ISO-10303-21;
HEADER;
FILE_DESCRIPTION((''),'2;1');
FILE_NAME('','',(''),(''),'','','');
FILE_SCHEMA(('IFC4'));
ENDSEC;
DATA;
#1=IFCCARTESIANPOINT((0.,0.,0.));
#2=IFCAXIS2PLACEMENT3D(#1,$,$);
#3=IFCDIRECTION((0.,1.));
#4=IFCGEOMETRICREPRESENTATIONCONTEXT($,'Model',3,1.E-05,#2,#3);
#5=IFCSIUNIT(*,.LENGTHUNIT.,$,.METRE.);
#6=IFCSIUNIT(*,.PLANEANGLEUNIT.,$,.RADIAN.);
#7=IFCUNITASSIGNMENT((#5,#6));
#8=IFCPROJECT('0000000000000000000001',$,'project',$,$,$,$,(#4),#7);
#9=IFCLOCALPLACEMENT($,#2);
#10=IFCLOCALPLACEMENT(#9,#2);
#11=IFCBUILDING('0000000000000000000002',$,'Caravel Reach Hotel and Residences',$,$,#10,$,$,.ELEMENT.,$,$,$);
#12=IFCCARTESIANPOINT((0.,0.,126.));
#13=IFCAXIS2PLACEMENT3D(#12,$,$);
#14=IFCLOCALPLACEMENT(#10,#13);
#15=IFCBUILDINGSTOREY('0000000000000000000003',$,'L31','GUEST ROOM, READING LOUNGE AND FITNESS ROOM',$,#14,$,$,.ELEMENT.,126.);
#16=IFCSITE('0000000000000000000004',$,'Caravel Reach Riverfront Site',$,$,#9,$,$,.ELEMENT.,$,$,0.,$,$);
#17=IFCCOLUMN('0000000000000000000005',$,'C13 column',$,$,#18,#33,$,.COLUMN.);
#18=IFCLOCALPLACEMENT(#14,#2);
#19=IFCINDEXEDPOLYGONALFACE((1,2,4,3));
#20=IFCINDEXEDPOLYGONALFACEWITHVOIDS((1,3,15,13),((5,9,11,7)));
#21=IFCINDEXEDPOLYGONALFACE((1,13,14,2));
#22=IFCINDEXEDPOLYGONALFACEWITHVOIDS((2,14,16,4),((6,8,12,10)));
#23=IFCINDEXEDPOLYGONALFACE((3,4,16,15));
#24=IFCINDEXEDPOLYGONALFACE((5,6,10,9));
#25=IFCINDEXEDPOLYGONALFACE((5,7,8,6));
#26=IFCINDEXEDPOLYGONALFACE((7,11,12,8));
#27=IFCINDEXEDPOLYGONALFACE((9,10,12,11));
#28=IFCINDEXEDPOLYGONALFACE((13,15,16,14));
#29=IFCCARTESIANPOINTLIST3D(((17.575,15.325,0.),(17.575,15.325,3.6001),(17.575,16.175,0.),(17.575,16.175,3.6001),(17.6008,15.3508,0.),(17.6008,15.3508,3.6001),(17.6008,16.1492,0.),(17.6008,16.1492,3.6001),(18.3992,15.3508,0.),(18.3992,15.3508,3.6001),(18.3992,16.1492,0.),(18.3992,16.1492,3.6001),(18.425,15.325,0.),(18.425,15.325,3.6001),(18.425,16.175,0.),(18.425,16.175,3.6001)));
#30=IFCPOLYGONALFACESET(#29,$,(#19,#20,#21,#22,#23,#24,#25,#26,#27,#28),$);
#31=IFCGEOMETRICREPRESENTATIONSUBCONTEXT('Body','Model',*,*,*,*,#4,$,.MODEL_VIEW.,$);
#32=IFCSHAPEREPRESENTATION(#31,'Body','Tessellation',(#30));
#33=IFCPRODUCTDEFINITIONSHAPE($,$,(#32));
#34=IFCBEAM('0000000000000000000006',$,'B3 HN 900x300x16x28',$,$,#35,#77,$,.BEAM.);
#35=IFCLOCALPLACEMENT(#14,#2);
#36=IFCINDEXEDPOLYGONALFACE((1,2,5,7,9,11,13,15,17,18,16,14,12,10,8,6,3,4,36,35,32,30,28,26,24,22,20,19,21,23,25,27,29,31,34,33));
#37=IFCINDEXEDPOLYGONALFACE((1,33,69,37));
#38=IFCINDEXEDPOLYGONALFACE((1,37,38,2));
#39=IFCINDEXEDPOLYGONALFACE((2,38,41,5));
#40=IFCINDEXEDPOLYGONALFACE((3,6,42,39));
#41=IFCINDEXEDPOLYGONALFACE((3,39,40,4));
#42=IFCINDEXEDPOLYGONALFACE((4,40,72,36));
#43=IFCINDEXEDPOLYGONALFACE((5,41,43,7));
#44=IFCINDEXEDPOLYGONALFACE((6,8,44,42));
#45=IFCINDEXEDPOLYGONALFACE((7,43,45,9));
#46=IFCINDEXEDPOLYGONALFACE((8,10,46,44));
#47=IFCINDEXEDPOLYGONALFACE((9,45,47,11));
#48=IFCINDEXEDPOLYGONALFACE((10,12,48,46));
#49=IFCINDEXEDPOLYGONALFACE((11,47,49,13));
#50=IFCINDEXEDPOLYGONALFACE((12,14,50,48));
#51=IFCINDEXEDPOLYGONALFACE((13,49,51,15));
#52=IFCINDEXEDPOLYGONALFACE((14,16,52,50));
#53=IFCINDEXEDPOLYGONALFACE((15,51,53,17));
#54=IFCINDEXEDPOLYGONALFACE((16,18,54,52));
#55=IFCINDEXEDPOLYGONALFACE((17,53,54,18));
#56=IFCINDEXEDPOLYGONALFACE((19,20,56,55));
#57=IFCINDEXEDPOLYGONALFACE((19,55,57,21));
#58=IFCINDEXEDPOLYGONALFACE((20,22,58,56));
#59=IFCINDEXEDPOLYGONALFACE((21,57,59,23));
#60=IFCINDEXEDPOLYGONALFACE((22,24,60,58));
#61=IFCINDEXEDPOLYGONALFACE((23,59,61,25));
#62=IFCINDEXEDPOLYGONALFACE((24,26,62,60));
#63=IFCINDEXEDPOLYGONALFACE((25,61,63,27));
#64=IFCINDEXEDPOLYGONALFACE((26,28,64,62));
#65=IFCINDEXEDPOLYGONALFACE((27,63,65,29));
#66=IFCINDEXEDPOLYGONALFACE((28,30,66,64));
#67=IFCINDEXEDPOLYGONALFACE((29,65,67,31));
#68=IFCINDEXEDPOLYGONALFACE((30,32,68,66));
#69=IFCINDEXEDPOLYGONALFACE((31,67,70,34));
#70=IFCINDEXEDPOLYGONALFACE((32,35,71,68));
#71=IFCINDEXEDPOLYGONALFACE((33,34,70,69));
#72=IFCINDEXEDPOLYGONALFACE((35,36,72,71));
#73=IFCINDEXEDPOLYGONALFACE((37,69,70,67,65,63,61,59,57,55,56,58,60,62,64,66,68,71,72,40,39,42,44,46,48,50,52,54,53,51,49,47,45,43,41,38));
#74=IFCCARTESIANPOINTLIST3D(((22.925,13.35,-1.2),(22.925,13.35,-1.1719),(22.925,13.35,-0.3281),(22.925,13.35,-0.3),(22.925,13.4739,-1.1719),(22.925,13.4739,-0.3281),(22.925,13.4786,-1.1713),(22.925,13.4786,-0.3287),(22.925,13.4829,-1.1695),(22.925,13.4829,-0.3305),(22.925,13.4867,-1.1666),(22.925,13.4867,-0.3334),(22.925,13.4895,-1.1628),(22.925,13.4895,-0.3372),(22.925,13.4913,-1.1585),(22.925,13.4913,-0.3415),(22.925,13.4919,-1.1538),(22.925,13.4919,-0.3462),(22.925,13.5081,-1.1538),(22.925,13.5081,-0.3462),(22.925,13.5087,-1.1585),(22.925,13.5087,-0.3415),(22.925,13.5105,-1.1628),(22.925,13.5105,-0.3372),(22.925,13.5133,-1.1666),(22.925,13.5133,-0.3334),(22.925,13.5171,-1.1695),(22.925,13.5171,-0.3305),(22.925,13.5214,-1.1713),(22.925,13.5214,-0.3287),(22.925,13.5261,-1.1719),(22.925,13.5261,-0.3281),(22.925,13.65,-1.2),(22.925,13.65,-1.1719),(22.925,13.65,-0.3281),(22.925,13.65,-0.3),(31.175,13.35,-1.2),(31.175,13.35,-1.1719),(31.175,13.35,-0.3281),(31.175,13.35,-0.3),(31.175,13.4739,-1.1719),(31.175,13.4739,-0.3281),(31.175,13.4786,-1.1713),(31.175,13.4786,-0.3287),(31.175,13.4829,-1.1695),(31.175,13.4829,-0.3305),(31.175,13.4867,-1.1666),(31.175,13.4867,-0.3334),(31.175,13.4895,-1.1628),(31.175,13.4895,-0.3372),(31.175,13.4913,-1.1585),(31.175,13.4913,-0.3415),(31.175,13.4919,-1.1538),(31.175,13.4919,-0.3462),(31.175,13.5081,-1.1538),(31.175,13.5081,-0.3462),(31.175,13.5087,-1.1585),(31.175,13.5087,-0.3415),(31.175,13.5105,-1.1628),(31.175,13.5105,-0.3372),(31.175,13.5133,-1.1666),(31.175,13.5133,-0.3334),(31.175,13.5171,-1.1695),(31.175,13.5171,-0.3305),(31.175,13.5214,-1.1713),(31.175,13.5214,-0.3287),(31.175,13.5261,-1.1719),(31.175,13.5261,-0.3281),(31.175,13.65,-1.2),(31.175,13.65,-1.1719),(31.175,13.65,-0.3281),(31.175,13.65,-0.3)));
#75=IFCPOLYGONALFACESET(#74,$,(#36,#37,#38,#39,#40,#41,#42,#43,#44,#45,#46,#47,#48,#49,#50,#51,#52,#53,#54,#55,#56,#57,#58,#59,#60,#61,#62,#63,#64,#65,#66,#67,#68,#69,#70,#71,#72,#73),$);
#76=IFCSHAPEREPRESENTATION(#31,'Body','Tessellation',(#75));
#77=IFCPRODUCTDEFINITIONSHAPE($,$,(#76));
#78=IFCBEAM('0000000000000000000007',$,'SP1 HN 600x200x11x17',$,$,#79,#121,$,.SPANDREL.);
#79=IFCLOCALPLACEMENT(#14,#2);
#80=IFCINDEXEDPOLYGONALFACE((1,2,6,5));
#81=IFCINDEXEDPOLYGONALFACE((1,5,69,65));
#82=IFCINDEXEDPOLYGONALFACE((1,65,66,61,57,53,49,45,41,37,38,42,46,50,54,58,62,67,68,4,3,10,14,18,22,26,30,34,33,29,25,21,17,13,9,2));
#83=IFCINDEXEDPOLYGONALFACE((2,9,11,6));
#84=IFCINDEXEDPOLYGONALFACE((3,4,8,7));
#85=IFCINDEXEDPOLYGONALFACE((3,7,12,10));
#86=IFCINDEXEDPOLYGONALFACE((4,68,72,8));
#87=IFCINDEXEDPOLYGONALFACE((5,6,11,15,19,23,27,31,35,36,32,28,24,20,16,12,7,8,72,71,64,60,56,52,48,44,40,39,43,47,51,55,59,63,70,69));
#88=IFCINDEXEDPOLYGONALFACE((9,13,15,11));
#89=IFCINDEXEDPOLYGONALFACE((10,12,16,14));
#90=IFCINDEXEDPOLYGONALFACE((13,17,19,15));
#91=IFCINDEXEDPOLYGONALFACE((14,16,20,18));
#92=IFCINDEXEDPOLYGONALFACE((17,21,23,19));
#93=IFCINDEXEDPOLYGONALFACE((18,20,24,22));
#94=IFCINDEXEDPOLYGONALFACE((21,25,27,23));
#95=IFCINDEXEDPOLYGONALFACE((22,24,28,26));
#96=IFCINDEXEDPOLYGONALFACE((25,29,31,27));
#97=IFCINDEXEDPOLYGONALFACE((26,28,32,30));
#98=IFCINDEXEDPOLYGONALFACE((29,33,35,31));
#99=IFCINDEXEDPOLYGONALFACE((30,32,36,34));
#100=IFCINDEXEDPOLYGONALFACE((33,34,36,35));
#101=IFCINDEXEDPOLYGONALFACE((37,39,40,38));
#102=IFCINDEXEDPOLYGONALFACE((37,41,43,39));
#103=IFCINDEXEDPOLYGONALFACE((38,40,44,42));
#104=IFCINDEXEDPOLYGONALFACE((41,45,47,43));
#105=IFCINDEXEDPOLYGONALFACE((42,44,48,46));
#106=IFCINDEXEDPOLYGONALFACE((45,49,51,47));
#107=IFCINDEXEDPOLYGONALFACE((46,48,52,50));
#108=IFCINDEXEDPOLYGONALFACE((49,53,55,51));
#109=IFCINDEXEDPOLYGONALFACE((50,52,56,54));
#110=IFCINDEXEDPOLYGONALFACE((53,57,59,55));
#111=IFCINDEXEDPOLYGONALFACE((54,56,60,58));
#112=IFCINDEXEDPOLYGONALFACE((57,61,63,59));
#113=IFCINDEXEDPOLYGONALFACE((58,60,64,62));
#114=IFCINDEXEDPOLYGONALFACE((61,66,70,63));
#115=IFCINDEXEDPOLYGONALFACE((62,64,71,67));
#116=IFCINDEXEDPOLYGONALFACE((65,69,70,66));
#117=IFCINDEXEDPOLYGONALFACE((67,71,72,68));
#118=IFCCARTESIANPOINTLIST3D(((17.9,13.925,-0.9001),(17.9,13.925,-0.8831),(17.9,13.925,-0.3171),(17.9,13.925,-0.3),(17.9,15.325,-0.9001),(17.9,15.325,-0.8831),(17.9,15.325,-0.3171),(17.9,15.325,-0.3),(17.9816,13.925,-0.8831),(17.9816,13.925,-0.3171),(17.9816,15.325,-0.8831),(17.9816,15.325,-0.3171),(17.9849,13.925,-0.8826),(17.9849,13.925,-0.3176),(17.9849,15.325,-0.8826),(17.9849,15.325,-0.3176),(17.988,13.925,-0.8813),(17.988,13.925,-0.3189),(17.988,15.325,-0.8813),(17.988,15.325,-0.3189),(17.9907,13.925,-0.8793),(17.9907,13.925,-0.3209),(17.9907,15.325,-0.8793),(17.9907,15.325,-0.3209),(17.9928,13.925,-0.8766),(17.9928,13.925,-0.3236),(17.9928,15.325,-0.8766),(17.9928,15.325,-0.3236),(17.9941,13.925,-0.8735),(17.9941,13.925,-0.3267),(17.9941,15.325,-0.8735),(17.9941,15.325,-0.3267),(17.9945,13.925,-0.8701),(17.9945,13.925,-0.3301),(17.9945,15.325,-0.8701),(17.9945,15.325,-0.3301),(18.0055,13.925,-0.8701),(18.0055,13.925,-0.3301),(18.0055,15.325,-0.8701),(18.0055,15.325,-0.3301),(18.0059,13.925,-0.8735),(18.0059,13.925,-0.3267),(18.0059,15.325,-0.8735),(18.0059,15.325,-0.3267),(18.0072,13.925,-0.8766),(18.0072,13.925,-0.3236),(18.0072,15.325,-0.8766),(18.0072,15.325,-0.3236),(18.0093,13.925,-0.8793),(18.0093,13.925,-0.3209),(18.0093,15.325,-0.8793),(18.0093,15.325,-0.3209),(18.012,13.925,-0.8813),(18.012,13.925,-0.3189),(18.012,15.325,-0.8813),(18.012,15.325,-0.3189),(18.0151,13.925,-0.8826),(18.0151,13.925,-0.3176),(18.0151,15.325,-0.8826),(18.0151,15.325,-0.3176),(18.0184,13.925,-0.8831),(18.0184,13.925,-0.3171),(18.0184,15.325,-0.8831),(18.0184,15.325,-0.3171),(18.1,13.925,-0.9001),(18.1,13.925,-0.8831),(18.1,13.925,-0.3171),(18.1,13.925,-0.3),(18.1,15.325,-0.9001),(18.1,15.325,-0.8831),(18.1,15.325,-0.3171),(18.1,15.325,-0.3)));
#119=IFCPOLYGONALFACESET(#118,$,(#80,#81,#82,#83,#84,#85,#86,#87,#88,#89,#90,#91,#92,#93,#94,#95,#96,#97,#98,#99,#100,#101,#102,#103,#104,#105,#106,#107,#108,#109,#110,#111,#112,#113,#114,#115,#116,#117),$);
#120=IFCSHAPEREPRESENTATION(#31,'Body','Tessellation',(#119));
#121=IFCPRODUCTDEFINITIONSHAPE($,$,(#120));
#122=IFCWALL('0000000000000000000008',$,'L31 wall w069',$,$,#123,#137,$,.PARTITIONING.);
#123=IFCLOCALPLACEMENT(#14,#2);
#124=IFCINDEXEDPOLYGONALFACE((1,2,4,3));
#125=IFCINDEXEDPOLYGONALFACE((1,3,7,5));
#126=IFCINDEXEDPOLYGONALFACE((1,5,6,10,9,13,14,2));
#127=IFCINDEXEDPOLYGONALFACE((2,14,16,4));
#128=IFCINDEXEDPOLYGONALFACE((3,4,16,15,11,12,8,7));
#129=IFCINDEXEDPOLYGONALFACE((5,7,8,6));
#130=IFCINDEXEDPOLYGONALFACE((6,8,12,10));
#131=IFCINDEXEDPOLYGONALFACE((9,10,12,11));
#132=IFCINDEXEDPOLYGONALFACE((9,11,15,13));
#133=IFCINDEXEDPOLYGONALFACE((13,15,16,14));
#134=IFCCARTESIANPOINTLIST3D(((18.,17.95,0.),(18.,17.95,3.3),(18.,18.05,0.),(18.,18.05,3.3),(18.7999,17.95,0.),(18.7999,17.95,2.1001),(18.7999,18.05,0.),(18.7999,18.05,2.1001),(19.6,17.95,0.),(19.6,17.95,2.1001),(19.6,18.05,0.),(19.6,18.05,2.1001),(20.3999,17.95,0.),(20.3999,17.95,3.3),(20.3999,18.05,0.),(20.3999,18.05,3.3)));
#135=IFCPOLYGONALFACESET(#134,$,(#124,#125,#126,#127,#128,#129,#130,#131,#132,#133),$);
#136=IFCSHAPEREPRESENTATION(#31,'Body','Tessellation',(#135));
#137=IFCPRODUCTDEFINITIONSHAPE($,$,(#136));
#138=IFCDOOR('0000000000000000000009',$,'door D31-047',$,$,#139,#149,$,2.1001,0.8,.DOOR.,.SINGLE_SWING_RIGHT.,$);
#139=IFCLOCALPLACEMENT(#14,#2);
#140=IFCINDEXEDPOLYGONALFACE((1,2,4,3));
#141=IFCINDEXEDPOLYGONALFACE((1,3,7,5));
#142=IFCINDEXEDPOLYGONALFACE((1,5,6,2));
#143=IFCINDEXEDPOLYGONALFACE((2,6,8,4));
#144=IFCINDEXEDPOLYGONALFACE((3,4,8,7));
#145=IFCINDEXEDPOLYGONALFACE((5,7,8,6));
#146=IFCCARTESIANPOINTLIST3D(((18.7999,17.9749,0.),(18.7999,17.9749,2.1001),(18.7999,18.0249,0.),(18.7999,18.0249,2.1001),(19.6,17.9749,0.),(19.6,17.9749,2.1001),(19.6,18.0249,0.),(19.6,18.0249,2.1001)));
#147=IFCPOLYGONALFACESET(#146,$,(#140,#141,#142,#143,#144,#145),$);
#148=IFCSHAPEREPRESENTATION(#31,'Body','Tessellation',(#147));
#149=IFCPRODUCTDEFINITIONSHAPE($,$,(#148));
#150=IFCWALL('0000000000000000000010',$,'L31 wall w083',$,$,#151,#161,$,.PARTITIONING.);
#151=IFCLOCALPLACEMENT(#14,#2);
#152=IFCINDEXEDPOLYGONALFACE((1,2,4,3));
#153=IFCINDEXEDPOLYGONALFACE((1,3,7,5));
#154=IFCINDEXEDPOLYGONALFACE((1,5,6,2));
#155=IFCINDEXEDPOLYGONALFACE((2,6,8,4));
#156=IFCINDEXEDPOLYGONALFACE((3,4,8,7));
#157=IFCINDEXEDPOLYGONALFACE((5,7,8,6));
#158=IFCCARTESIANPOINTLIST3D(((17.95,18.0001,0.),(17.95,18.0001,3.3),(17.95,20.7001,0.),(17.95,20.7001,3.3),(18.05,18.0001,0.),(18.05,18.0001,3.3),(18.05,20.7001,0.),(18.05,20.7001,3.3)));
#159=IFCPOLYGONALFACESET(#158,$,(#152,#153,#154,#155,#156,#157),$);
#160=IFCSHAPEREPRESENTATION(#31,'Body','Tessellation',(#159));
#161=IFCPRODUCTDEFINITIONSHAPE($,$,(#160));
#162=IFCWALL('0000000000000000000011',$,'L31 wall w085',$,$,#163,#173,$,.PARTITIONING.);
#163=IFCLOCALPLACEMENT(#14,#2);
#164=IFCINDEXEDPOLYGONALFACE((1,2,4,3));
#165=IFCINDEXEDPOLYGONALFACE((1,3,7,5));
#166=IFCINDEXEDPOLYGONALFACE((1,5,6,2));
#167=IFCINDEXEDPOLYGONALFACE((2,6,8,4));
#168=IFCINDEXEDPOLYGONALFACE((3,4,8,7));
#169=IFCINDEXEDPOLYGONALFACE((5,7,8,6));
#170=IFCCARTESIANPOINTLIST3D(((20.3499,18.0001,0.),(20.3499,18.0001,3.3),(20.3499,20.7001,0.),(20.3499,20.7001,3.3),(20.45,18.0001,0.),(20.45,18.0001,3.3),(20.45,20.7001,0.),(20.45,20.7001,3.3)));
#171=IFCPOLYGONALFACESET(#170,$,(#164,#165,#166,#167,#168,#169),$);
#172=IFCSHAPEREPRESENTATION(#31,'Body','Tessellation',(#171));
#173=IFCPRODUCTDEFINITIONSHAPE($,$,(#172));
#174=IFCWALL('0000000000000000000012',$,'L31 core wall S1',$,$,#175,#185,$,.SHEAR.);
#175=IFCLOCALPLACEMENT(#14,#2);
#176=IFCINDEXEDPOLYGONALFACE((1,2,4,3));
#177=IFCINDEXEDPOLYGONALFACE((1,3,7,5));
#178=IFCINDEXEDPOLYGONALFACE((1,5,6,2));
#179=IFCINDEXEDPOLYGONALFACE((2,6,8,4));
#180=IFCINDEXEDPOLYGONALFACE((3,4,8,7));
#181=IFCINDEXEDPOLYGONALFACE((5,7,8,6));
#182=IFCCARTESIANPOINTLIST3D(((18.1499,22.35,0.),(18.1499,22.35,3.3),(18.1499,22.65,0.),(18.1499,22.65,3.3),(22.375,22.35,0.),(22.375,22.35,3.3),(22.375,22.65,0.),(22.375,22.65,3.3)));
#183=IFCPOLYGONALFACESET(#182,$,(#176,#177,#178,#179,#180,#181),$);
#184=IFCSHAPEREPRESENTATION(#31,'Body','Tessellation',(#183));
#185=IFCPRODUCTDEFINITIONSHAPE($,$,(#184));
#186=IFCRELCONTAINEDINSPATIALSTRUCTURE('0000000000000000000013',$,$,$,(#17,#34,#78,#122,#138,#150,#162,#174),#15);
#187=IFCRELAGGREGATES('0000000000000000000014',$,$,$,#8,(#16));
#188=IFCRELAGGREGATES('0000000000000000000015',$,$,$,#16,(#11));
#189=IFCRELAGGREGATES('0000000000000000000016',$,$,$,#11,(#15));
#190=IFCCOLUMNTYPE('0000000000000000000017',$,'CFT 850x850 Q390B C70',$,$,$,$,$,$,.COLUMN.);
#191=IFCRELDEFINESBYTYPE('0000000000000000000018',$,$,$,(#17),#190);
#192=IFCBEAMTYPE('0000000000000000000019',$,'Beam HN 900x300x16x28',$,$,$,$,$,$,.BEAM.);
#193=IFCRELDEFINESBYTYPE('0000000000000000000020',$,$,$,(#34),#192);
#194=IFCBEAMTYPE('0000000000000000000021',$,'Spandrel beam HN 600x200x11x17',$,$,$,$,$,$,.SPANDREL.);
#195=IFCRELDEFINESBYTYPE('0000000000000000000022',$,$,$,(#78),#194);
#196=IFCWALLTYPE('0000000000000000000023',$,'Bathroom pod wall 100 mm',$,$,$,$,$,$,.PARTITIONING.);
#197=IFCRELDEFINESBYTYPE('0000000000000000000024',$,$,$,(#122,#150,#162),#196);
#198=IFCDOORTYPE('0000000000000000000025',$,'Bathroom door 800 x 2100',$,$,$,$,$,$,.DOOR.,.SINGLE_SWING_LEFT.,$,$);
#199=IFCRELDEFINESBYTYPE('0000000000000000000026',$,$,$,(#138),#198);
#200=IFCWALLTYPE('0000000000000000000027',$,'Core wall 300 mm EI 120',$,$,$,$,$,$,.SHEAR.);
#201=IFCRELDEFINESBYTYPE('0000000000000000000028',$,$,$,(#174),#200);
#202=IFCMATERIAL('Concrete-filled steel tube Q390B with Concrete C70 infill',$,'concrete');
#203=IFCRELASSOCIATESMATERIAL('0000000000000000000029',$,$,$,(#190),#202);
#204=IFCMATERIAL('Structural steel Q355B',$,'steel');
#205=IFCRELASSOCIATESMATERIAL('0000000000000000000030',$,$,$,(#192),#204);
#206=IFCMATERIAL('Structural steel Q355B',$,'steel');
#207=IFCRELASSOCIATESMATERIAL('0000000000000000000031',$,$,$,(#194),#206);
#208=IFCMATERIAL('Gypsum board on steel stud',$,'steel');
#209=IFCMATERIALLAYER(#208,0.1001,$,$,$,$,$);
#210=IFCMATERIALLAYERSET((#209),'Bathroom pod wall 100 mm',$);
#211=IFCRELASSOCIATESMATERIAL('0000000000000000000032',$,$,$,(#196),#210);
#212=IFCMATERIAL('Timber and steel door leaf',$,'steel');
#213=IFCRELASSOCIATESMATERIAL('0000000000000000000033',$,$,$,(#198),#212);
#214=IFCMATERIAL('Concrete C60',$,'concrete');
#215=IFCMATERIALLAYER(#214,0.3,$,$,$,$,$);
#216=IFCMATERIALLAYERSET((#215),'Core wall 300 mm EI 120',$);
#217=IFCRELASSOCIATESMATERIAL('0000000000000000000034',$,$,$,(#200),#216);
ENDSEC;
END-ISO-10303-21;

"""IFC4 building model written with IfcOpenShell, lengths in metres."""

from ifc_helpers import new_model, si_unit, direction, frame, frame_2d, origin, origin_2d, place, context, subcontext, project, spatial, rectangle, hollow_rectangle, i_section, extrude, material, layer, layer_set, material_profile, profile_set, type_object, element, fill, save


model = new_model("IFC4")

# Units and contexts
model_context = context("Model", 3, precision=1e-05, world=origin(), true_north=direction((0.0, 1.0)))
body_context = subcontext(model_context, "Body", "Model", "MODEL_VIEW")
ifc_project = project(units=[si_unit("LENGTHUNIT", "METRE"), si_unit("PLANEANGLEUNIT", "RADIAN")], contexts=[model_context])

# Site, building, storey
site_placement = place(None, origin())
site = spatial("IfcSite", under=ifc_project, at=site_placement, Name="Caravel Reach Riverfront Site", CompositionType="ELEMENT", RefElevation=0.0)
building_placement = place(site_placement, origin())
building = spatial("IfcBuilding", under=site, at=building_placement, Name="Caravel Reach Hotel and Residences", CompositionType="ELEMENT")
storey_placement = place(building_placement, frame((0.0, 0.0, 126.0)))
storey = spatial("IfcBuildingStorey", under=building, at=storey_placement, Name="L31", Description="GUEST ROOM, READING LOUNGE AND FITNESS ROOM", CompositionType="ELEMENT", Elevation=126.0)

# Column
ifc_material_1 = material(Name="Concrete-filled steel tube Q390B with Concrete C70 infill", Category="concrete")
ifc_material_profile_1 = material_profile(ifc_material_1, hollow_rectangle(XDim=0.8501, YDim=0.8501, WallThickness=0.0259, at=origin_2d()), Name="RHS 850x850x26")
ifc_profile_set_1 = profile_set([ifc_material_profile_1], Name="Concrete-filled steel tube Q390B with Concrete C70 infill")
column_type = type_object("IfcColumnType", Name="CFT 850x850 Q390B C70", PredefinedType="COLUMN", material=ifc_profile_set_1)
column_placement = place(storey_placement, frame((18.0, 15.75, 0.0), z_axis=(0.0, 0.0, 1.0), x_axis=(1.0, 0.0, 0.0)))
element("IfcColumn", 1, at=column_placement, inside=storey, type_object=column_type, Name="C13 column", PredefinedType="COLUMN", context=body_context, shape_type="SweptSolid", body=[
    extrude(hollow_rectangle(XDim=0.8501, YDim=0.8501, WallThickness=0.0259, at=origin_2d()), origin(), (0.0, 0.0, 1.0), 3.6001),
])

# Beams
ifc_material_2 = material(Name="Structural steel Q355B", Category="steel")
ifc_material_profile_2 = material_profile(ifc_material_2, i_section(OverallWidth=0.3, OverallDepth=0.8999, WebThickness=0.0161, FlangeThickness=0.0281, FilletRadius=0.0181, at=origin_2d()), Name="HN 900x300x16x28")
ifc_profile_set_2 = profile_set([ifc_material_profile_2], Name="Structural steel Q355B")
beam_type_1 = type_object("IfcBeamType", Name="Beam HN 900x300x16x28", PredefinedType="BEAM", material=ifc_profile_set_2)
beam_1_placement = place(storey_placement, frame((22.925, 13.5, -0.75), z_axis=(1.0, 0.0, 0.0), x_axis=(0.0, 1.0, 0.0)))
element("IfcBeam", 2, at=beam_1_placement, inside=storey, type_object=beam_type_1, Name="B3 HN 900x300x16x28", PredefinedType="BEAM", context=body_context, shape_type="SweptSolid", body=[
    extrude(i_section(OverallWidth=0.3, OverallDepth=0.8999, WebThickness=0.0161, FlangeThickness=0.0281, FilletRadius=0.0181, at=origin_2d()), origin(), (0.0, 0.0, 1.0), 8.25),
])
ifc_material_3 = material(Name="Structural steel Q355B", Category="steel")
ifc_material_profile_3 = material_profile(ifc_material_3, i_section(OverallWidth=0.2, OverallDepth=0.6001, WebThickness=0.011, FlangeThickness=0.0171, FilletRadius=0.0129, at=origin_2d()), Name="HN 600x200x11x17")
ifc_profile_set_3 = profile_set([ifc_material_profile_3], Name="Structural steel Q355B")
beam_type_2 = type_object("IfcBeamType", Name="Spandrel beam HN 600x200x11x17", PredefinedType="SPANDREL", material=ifc_profile_set_3)
beam_2_placement = place(storey_placement, frame((18.0, 15.325, -0.6001), z_axis=(0.0, -1.0, 0.0), x_axis=(1.0, 0.0, 0.0)))
element("IfcBeam", 3, at=beam_2_placement, inside=storey, type_object=beam_type_2, Name="SP1 HN 600x200x11x17", PredefinedType="SPANDREL", context=body_context, shape_type="SweptSolid", body=[
    extrude(i_section(OverallWidth=0.2, OverallDepth=0.6001, WebThickness=0.011, FlangeThickness=0.0171, FilletRadius=0.0129, at=origin_2d()), origin(), (0.0, 0.0, 1.0), 1.3999),
])

# Wall, opening, door
ifc_material_4 = material(Name="Gypsum board on steel stud", Category="steel")
ifc_layer_1 = layer(ifc_material_4, 0.1001)
ifc_layer_set_1 = layer_set([ifc_layer_1], Name="Bathroom pod wall 100 mm")
wall_type_1 = type_object("IfcWallType", Name="Bathroom pod wall 100 mm", PredefinedType="PARTITIONING", material=ifc_layer_set_1)
wall_1_placement = place(storey_placement, frame((18.0, 18.0, 0.0), z_axis=(0.0, 0.0, 1.0), x_axis=(1.0, 0.0, 0.0)))
wall_1 = element("IfcWall", 4, at=wall_1_placement, inside=storey, type_object=wall_type_1, Name="L31 wall w069", PredefinedType="PARTITIONING", context=body_context, shape_type="SweptSolid", body=[
    extrude(rectangle(XDim=2.3999, YDim=0.1001, at=frame_2d((1.2, 0.0))), origin(), (0.0, 0.0, 1.0), 3.3),
])
opening_1_placement = place(wall_1_placement, frame((0.8, 0.0, 0.0)))
opening_1 = element("IfcOpeningElement", 5, at=opening_1_placement, cuts=wall_1, PredefinedType="OPENING", context=body_context, shape_type="SweptSolid", body=[
    extrude(rectangle(XDim=0.8, YDim=2.1001, at=frame_2d((0.3999, 1.05))), frame((0.0, 0.0601, 0.0), z_axis=(0.0, -1.0, 0.0), x_axis=(1.0, 0.0, 0.0)), (0.0, 0.0, 1.0), 0.1201),
])
ifc_material_5 = material(Name="Timber and steel door leaf", Category="steel")
door_type_1 = type_object("IfcDoorType", Name="Bathroom door 800 x 2100", OperationType="SINGLE_SWING_LEFT", PredefinedType="DOOR", material=ifc_material_5)
door_1_placement = place(opening_1_placement, origin())
door_1 = element("IfcDoor", 6, at=door_1_placement, inside=storey, type_object=door_type_1, Name="door D31-047", OperationType="SINGLE_SWING_RIGHT", OverallHeight=2.1001, OverallWidth=0.8, PredefinedType="DOOR", context=body_context, shape_type="SweptSolid", body=[
    extrude(rectangle(XDim=0.8, YDim=2.1001, at=frame_2d((0.3999, 1.05))), frame((0.0, 0.0249, 0.0), z_axis=(0.0, -1.0, 0.0), x_axis=(1.0, 0.0, 0.0)), (0.0, 0.0, 1.0), 0.05),
])
fill(opening_1, door_1)

# Walls
for number, where, z_axis, x_axis, name in (
    (7, (18.0, 18.0, 0.0), (0.0, 0.0, 1.0), (0.0, 1.0, 0.0), "L31 wall w083"),
    (8, (20.3999, 18.0, 0.0), (0.0, 0.0, 1.0), (0.0, 1.0, 0.0), "L31 wall w085"),
):
    element("IfcWall", number, at=place(storey_placement, frame(where, z_axis=z_axis, x_axis=x_axis)), inside=storey, type_object=wall_type_1, Name=name, PredefinedType="PARTITIONING", context=body_context, shape_type="SweptSolid", body=[
        extrude(rectangle(XDim=2.7, YDim=0.1001, at=frame_2d((1.3501, 0.0))), origin(), (0.0, 0.0, 1.0), 3.3),
    ])
ifc_material_6 = material(Name="Concrete C60", Category="concrete")
ifc_layer_2 = layer(ifc_material_6, 0.3)
ifc_layer_set_2 = layer_set([ifc_layer_2], Name="Core wall 300 mm EI 120")
wall_type_2 = type_object("IfcWallType", Name="Core wall 300 mm EI 120", PredefinedType="SHEAR", material=ifc_layer_set_2)
wall_2_placement = place(storey_placement, frame((18.1499, 22.5, 0.0), z_axis=(0.0, 0.0, 1.0), x_axis=(1.0, 0.0, 0.0)))
element("IfcWall", 9, at=wall_2_placement, inside=storey, type_object=wall_type_2, Name="L31 core wall S1", PredefinedType="SHEAR", context=body_context, shape_type="SweptSolid", body=[
    extrude(rectangle(XDim=4.2251, YDim=0.3, at=frame_2d((2.1125, 0.0))), origin(), (0.0, 0.0, 1.0), 3.3),
])

save(model, "model.ifc")
